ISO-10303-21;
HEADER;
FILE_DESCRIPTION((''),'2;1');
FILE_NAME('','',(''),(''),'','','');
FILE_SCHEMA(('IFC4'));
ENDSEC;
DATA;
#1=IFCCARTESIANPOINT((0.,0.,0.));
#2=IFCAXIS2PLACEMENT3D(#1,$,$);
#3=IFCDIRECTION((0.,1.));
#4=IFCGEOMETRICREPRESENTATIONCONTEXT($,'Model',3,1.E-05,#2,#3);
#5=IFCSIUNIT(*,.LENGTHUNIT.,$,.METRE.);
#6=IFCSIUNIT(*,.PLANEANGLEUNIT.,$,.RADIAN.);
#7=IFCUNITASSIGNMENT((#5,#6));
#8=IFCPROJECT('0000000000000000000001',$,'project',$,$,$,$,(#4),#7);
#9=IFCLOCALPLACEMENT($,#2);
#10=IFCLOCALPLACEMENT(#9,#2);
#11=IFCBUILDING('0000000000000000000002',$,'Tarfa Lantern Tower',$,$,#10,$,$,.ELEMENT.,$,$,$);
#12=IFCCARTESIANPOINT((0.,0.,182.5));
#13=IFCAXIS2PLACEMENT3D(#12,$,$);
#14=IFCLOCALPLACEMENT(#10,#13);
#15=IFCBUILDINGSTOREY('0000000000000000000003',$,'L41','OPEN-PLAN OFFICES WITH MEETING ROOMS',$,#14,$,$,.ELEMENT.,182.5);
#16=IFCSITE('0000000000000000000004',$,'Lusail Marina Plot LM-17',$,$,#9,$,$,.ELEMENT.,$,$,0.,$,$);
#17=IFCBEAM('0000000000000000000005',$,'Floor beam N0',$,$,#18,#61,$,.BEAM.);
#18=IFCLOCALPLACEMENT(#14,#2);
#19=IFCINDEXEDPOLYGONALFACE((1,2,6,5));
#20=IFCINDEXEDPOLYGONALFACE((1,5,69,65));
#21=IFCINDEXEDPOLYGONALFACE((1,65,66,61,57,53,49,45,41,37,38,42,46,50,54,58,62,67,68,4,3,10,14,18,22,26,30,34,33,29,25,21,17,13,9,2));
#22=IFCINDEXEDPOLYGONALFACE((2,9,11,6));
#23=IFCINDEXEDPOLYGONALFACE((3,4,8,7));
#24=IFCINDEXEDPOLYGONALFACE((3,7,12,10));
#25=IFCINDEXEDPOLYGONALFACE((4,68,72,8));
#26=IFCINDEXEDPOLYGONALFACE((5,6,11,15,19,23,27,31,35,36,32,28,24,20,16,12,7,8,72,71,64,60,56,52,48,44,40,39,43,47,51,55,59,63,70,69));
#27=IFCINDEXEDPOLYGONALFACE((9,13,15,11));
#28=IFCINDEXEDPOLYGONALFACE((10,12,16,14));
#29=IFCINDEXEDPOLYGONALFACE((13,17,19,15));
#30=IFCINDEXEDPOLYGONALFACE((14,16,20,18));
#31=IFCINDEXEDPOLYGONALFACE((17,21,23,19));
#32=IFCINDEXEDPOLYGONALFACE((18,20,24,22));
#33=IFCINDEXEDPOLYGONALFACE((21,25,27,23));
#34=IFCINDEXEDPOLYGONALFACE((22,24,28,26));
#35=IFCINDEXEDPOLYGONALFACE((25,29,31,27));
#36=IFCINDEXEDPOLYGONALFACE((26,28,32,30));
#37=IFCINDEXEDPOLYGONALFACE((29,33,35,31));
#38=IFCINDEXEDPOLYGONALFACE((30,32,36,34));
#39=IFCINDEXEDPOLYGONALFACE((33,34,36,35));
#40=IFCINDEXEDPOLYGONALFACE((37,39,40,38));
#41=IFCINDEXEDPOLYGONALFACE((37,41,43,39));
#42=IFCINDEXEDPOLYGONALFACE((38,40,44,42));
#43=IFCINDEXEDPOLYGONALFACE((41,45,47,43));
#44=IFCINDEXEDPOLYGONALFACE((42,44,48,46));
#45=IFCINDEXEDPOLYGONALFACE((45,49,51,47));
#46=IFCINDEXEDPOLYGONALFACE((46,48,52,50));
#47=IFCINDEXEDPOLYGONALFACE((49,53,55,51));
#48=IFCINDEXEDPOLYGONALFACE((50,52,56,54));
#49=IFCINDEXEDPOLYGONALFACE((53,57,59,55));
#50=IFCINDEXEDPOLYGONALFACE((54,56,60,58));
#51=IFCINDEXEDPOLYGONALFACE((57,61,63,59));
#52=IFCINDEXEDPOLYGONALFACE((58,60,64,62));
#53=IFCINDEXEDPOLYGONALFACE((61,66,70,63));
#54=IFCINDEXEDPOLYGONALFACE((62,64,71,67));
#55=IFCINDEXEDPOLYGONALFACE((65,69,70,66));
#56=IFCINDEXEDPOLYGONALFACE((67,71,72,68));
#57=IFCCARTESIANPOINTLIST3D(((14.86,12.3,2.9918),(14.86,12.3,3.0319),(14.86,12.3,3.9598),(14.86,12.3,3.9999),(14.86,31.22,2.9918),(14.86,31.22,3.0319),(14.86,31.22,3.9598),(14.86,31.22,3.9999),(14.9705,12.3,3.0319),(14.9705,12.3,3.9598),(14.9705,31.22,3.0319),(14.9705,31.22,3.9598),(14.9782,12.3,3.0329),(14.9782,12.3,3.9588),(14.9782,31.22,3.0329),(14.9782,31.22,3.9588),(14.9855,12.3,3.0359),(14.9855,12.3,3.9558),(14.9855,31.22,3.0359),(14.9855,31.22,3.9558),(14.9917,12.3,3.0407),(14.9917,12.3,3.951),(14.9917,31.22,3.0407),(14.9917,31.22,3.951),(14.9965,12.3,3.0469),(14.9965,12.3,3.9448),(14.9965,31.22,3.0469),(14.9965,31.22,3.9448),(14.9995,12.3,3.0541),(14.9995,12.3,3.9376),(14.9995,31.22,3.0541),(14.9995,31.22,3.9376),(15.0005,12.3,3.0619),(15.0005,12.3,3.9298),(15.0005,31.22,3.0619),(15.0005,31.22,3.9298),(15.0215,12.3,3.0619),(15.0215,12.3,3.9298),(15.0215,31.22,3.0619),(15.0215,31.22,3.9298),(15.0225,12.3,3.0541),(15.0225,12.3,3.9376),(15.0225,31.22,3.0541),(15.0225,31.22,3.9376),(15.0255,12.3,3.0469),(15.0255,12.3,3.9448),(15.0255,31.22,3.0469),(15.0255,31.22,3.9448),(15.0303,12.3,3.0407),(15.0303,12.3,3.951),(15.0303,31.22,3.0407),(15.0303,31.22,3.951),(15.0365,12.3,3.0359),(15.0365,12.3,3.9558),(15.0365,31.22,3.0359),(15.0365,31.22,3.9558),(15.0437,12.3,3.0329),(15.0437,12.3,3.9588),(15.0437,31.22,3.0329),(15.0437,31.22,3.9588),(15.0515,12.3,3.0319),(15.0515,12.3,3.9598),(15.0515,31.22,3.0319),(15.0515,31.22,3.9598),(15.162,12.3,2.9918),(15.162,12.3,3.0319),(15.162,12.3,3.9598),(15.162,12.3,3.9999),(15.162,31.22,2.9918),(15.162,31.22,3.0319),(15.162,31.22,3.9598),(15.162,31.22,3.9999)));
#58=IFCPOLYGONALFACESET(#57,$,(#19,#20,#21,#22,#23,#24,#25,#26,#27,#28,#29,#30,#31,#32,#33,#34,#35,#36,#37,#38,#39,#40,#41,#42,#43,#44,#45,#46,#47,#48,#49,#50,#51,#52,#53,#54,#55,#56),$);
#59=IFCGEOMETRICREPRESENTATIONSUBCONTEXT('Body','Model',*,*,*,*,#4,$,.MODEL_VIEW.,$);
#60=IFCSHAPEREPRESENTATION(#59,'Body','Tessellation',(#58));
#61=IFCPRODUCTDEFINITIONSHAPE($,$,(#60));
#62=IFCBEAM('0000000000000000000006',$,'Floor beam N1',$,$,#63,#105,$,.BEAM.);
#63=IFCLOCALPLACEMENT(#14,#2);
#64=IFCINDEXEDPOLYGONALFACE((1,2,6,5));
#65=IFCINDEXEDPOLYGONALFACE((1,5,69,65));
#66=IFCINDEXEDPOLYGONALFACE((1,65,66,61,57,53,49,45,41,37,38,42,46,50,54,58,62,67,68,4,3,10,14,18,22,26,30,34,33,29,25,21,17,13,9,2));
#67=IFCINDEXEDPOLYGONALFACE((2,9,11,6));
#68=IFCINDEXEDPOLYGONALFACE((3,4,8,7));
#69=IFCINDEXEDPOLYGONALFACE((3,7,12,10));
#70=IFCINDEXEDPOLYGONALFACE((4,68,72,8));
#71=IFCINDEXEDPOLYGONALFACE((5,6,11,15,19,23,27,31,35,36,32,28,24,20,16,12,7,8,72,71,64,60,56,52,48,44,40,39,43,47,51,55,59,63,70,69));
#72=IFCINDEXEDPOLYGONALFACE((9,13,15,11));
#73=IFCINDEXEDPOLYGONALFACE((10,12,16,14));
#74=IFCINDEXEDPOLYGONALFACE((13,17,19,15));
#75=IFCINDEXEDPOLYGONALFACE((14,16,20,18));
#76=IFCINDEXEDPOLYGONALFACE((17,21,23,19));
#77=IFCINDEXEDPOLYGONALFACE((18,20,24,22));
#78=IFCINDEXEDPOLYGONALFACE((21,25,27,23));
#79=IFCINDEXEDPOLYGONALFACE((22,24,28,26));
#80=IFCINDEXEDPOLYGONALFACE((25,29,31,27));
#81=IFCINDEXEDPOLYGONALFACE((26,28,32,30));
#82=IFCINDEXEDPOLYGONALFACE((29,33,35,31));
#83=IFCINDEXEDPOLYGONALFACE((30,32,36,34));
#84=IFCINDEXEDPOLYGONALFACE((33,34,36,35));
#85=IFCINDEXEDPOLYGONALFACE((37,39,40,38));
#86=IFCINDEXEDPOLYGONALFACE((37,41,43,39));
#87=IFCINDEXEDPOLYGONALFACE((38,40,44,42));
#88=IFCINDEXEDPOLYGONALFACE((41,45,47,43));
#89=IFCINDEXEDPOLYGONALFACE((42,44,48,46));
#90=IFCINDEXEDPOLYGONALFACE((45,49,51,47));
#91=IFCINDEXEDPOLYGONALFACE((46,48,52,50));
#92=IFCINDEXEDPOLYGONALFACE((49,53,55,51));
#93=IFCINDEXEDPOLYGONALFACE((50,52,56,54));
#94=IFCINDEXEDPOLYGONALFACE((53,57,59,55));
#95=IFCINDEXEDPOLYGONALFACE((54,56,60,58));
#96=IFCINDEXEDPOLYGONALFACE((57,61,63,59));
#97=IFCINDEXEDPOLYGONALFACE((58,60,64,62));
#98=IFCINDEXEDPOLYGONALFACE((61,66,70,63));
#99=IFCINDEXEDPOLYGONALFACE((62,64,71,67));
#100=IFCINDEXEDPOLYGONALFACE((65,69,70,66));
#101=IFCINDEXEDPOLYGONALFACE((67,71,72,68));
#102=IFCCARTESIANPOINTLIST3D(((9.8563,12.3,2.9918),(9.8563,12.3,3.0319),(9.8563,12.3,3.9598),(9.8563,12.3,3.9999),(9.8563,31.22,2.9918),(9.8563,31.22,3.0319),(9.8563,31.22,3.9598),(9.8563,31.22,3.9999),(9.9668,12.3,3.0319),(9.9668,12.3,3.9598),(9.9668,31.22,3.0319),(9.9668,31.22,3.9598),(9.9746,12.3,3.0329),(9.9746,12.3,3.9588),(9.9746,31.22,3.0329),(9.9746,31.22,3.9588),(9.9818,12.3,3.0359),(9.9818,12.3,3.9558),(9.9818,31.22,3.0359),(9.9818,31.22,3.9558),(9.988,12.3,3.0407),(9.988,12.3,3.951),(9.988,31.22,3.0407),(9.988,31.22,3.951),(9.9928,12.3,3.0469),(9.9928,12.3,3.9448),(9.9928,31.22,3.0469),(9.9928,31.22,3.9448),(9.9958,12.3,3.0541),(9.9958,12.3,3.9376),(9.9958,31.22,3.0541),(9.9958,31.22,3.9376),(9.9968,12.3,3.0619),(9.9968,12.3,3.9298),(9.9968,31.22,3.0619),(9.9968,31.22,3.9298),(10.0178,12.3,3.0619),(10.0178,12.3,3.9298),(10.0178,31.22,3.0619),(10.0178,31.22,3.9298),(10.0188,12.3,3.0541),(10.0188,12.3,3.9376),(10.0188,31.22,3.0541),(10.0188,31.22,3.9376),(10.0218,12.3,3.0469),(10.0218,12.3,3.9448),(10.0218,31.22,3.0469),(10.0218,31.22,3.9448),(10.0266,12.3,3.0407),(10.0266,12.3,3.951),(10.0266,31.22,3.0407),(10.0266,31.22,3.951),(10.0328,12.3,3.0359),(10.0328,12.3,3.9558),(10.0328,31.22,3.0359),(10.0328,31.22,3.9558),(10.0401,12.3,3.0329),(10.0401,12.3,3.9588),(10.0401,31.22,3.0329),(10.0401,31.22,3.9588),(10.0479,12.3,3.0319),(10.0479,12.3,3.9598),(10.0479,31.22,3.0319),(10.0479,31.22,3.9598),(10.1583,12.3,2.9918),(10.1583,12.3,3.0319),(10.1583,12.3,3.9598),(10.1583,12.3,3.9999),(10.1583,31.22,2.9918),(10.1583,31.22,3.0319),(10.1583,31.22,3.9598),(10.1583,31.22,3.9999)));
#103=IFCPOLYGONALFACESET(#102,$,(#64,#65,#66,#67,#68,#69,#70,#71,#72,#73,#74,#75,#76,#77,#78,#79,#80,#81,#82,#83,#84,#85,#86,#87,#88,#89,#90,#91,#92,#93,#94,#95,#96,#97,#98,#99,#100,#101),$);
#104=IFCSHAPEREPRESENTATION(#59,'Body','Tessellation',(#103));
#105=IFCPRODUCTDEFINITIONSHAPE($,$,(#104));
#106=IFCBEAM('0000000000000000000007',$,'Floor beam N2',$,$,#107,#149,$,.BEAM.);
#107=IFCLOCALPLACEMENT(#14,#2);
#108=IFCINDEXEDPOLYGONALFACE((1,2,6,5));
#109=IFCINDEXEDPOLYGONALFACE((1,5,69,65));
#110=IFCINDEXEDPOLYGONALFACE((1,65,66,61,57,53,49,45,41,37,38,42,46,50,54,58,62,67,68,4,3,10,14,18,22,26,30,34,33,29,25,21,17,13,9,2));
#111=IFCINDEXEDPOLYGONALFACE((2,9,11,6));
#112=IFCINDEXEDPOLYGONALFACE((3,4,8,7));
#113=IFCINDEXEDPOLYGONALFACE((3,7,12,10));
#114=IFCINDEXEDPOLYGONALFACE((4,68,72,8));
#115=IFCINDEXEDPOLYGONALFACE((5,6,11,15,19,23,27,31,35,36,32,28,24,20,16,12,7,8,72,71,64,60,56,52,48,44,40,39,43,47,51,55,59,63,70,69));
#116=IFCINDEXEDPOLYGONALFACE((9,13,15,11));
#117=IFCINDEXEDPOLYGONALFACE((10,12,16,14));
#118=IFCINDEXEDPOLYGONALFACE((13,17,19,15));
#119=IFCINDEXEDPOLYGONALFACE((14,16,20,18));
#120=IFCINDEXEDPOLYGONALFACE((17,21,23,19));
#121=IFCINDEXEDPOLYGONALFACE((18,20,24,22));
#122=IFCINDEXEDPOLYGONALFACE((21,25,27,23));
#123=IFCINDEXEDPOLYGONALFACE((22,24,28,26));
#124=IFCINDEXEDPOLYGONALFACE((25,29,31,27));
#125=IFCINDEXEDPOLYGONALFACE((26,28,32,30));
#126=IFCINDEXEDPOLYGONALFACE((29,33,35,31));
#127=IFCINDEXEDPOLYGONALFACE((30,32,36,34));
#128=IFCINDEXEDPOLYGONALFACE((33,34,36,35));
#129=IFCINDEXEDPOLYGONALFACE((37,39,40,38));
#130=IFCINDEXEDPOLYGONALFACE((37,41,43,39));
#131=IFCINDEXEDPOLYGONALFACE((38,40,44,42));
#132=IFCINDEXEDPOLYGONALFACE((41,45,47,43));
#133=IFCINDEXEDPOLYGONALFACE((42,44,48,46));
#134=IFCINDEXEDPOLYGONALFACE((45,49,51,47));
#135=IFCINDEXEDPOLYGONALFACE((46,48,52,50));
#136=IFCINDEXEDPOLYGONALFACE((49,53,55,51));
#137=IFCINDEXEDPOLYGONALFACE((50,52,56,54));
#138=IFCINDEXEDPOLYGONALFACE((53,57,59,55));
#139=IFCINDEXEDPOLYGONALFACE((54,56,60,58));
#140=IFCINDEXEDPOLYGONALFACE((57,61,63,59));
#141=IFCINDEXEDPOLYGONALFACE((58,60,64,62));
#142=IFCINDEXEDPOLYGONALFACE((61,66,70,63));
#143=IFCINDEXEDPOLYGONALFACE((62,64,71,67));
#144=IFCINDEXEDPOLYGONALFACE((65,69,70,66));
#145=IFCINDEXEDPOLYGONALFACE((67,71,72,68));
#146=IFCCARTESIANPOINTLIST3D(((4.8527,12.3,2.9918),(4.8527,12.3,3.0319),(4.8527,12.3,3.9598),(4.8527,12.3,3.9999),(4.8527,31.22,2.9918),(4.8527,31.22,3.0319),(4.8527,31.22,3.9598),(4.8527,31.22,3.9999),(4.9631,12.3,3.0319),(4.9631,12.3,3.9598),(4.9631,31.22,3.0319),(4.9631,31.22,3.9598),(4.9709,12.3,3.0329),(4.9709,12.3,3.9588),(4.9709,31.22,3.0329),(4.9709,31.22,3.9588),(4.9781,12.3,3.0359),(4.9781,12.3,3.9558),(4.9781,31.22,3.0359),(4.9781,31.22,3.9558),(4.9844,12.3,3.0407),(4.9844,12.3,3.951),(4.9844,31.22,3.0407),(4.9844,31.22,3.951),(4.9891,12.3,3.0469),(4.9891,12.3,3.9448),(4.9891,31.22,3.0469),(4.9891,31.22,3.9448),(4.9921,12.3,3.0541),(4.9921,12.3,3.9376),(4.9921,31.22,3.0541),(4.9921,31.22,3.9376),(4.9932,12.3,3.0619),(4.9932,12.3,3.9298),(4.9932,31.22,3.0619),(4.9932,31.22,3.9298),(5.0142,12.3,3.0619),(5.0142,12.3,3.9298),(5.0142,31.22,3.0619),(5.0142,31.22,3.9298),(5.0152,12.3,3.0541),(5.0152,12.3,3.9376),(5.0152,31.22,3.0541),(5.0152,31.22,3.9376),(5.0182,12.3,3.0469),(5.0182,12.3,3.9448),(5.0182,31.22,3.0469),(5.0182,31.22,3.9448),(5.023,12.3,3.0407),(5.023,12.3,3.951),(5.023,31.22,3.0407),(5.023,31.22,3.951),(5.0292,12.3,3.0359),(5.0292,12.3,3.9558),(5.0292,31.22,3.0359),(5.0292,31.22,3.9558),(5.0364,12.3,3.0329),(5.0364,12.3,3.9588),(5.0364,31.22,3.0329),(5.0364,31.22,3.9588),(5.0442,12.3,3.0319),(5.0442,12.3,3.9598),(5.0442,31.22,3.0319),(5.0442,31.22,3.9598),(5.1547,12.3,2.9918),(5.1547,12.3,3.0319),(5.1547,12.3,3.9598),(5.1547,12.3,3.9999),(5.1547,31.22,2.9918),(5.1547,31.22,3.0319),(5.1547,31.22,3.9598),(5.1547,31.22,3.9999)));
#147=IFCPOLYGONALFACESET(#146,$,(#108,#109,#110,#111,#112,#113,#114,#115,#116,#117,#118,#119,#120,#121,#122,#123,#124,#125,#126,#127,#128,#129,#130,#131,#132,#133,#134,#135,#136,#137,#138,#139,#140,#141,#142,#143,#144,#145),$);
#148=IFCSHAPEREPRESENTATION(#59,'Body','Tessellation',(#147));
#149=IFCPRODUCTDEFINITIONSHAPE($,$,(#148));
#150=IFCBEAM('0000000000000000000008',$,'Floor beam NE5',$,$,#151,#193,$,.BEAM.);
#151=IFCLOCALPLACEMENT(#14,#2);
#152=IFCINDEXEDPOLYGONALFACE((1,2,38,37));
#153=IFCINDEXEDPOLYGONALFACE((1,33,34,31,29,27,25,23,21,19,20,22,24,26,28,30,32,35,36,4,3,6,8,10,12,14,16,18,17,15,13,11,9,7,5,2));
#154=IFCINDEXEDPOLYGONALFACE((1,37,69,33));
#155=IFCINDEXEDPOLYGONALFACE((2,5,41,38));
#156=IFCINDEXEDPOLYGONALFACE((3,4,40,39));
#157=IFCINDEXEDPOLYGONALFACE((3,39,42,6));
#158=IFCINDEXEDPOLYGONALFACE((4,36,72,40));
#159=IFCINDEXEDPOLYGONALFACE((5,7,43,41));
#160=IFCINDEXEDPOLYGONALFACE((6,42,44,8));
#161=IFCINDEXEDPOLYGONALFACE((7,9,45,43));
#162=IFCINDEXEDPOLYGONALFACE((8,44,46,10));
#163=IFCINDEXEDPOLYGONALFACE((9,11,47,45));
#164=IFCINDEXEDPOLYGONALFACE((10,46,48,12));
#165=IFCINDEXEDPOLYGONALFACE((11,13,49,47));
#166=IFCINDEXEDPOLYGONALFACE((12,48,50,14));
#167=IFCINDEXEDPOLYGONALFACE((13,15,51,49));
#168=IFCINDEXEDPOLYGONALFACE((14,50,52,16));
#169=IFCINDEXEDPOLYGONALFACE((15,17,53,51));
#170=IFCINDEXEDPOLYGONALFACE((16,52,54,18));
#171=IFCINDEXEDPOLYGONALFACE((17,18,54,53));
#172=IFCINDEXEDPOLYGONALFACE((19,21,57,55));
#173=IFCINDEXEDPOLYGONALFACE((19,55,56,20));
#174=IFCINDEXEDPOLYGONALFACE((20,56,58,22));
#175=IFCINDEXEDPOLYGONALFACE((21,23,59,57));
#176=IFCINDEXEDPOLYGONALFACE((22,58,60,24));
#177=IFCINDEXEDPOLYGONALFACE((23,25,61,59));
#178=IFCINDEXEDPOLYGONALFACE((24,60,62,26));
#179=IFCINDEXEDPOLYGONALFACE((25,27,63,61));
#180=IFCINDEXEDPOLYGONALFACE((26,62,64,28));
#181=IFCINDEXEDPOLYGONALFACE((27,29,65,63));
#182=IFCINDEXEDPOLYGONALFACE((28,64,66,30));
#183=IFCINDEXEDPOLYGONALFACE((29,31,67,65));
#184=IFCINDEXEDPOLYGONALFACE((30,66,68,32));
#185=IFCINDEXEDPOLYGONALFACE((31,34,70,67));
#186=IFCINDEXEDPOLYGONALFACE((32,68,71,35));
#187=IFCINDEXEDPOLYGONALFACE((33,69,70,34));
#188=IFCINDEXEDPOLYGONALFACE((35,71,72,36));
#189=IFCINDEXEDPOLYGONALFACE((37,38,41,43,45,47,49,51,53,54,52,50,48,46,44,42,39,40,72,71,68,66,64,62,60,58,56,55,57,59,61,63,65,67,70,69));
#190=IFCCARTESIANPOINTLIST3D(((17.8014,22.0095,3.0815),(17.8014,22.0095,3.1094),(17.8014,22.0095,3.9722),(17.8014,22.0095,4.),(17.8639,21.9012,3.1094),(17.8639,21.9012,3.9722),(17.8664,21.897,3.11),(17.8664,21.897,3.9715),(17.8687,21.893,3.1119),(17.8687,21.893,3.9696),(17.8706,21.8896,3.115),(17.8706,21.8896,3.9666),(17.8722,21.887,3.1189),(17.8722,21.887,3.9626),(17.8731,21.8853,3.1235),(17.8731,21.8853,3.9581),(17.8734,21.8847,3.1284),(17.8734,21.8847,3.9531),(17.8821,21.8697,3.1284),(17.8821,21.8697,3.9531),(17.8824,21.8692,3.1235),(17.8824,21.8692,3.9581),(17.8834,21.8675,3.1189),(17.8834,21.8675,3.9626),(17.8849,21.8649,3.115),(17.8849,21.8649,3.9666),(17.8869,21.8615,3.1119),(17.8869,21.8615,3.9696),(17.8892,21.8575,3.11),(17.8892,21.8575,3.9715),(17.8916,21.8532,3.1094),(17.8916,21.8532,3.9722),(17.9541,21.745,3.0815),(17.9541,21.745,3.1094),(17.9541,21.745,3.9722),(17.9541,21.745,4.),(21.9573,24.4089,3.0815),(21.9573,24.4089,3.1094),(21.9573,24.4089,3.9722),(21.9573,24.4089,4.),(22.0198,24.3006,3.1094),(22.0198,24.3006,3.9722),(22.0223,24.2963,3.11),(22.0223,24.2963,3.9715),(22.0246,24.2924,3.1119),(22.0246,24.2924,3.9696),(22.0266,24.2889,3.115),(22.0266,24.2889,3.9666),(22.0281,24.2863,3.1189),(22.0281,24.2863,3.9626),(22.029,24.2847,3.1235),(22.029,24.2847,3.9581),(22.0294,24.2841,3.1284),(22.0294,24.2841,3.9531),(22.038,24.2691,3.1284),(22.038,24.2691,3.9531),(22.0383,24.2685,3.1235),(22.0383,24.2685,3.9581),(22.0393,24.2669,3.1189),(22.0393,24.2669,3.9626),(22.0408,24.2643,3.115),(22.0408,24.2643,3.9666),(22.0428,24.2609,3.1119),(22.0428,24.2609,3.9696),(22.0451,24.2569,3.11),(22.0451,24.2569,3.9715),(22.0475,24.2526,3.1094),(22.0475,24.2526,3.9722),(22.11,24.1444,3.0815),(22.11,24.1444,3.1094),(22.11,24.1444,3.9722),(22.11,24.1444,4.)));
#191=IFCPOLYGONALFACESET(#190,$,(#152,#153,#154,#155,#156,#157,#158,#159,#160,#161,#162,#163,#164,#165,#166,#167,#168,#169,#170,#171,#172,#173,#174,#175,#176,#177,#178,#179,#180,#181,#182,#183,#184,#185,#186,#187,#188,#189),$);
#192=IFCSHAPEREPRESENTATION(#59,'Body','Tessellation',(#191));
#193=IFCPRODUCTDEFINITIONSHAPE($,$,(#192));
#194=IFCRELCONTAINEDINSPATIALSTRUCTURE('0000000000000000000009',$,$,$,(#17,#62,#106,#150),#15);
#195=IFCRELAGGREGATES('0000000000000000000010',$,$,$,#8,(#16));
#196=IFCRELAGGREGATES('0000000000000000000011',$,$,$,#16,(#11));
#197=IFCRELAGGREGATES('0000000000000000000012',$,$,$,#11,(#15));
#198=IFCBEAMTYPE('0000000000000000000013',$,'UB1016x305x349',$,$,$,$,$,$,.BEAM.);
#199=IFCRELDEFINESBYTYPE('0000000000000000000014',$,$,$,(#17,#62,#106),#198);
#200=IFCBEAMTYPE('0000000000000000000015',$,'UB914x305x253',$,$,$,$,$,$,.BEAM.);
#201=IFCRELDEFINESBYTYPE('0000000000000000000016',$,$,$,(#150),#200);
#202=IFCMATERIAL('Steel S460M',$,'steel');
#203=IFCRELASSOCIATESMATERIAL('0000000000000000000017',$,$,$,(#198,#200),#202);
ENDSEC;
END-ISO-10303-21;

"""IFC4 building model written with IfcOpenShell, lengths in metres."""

from ifc_helpers import new_model, si_unit, direction, frame, origin, origin_2d, place, context, subcontext, project, spatial, i_section, extrude, material, material_profile, profile_set, type_object, element, save


model = new_model("IFC4")

# Units and contexts
model_context = context("Model", 3, precision=1e-05, world=origin(), true_north=direction((0.0, 1.0)))
body_context = subcontext(model_context, "Body", "Model", "MODEL_VIEW")
ifc_project = project(units=[si_unit("LENGTHUNIT", "METRE"), si_unit("PLANEANGLEUNIT", "RADIAN")], contexts=[model_context])

# Site, building, storey
site_placement = place(None, origin())
site = spatial("IfcSite", under=ifc_project, at=site_placement, Name="Lusail Marina Plot LM-17", CompositionType="ELEMENT", RefElevation=0.0)
building_placement = place(site_placement, origin())
building = spatial("IfcBuilding", under=site, at=building_placement, Name="Tarfa Lantern Tower", CompositionType="ELEMENT")
storey_placement = place(building_placement, frame((0.0, 0.0, 182.5)))
storey = spatial("IfcBuildingStorey", under=building, at=storey_placement, Name="L41", Description="OPEN-PLAN OFFICES WITH MEETING ROOMS", CompositionType="ELEMENT", Elevation=182.5)

# Beams
ifc_material_1 = material(Name="Steel S460M", Category="steel")
ifc_material_profile_1 = material_profile(ifc_material_1, i_section(OverallWidth=0.302, OverallDepth=1.0081, WebThickness=0.021, FlangeThickness=0.04, FilletRadius=0.03, at=origin_2d()), Name="UB1016x305x349")
ifc_profile_set_1 = profile_set([ifc_material_profile_1], Name="Steel S460M")
beam_type_1 = type_object("IfcBeamType", Name="UB1016x305x349", PredefinedType="BEAM", material=ifc_profile_set_1)
for number, where, z_axis, x_axis, name in (
    (1, (15.011, 31.22, 3.4958), (0.0, -1.0, 0.0), (1.0, 0.0, 0.0), "Floor beam N0"),
    (2, (10.0073, 31.22, 3.4958), (0.0, -1.0, 0.0), (1.0, 0.0, 0.0), "Floor beam N1"),
    (3, (5.0037, 31.22, 3.4958), (0.0, -1.0, 0.0), (1.0, 0.0, 0.0), "Floor beam N2"),
):
    element("IfcBeam", number, at=place(storey_placement, frame(where, z_axis=z_axis, x_axis=x_axis)), inside=storey, type_object=beam_type_1, Name=name, PredefinedType="BEAM", context=body_context, shape_type="SweptSolid", body=[
        extrude(i_section(OverallWidth=0.302, OverallDepth=1.0081, WebThickness=0.021, FlangeThickness=0.04, FilletRadius=0.03, at=origin_2d()), origin(), (0.0, 0.0, 1.0), 18.9199),
    ])
ifc_material_profile_2 = material_profile(ifc_material_1, i_section(OverallWidth=0.3054, OverallDepth=0.9185, WebThickness=0.0173, FlangeThickness=0.0278, FilletRadius=0.019, at=origin_2d()), Name="UB914x305x253")
ifc_profile_set_2 = profile_set([ifc_material_profile_2], Name="Steel S460M")
beam_type_2 = type_object("IfcBeamType", Name="UB914x305x253", PredefinedType="BEAM", material=ifc_profile_set_2)
beam_1_placement = place(storey_placement, frame((22.0337, 24.2766, 3.5408), z_axis=(-0.866031, -0.499991, 0.0), x_axis=(0.499991, -0.866031, 0.0)))
element("IfcBeam", 4, at=beam_1_placement, inside=storey, type_object=beam_type_2, Name="Floor beam NE5", PredefinedType="BEAM", context=body_context, shape_type="SweptSolid", body=[
    extrude(i_section(OverallWidth=0.3054, OverallDepth=0.9185, WebThickness=0.0173, FlangeThickness=0.0278, FilletRadius=0.019, at=origin_2d()), origin(), (0.0, 0.0, 1.0), 4.7988),
])

save(model, "model.ifc")
